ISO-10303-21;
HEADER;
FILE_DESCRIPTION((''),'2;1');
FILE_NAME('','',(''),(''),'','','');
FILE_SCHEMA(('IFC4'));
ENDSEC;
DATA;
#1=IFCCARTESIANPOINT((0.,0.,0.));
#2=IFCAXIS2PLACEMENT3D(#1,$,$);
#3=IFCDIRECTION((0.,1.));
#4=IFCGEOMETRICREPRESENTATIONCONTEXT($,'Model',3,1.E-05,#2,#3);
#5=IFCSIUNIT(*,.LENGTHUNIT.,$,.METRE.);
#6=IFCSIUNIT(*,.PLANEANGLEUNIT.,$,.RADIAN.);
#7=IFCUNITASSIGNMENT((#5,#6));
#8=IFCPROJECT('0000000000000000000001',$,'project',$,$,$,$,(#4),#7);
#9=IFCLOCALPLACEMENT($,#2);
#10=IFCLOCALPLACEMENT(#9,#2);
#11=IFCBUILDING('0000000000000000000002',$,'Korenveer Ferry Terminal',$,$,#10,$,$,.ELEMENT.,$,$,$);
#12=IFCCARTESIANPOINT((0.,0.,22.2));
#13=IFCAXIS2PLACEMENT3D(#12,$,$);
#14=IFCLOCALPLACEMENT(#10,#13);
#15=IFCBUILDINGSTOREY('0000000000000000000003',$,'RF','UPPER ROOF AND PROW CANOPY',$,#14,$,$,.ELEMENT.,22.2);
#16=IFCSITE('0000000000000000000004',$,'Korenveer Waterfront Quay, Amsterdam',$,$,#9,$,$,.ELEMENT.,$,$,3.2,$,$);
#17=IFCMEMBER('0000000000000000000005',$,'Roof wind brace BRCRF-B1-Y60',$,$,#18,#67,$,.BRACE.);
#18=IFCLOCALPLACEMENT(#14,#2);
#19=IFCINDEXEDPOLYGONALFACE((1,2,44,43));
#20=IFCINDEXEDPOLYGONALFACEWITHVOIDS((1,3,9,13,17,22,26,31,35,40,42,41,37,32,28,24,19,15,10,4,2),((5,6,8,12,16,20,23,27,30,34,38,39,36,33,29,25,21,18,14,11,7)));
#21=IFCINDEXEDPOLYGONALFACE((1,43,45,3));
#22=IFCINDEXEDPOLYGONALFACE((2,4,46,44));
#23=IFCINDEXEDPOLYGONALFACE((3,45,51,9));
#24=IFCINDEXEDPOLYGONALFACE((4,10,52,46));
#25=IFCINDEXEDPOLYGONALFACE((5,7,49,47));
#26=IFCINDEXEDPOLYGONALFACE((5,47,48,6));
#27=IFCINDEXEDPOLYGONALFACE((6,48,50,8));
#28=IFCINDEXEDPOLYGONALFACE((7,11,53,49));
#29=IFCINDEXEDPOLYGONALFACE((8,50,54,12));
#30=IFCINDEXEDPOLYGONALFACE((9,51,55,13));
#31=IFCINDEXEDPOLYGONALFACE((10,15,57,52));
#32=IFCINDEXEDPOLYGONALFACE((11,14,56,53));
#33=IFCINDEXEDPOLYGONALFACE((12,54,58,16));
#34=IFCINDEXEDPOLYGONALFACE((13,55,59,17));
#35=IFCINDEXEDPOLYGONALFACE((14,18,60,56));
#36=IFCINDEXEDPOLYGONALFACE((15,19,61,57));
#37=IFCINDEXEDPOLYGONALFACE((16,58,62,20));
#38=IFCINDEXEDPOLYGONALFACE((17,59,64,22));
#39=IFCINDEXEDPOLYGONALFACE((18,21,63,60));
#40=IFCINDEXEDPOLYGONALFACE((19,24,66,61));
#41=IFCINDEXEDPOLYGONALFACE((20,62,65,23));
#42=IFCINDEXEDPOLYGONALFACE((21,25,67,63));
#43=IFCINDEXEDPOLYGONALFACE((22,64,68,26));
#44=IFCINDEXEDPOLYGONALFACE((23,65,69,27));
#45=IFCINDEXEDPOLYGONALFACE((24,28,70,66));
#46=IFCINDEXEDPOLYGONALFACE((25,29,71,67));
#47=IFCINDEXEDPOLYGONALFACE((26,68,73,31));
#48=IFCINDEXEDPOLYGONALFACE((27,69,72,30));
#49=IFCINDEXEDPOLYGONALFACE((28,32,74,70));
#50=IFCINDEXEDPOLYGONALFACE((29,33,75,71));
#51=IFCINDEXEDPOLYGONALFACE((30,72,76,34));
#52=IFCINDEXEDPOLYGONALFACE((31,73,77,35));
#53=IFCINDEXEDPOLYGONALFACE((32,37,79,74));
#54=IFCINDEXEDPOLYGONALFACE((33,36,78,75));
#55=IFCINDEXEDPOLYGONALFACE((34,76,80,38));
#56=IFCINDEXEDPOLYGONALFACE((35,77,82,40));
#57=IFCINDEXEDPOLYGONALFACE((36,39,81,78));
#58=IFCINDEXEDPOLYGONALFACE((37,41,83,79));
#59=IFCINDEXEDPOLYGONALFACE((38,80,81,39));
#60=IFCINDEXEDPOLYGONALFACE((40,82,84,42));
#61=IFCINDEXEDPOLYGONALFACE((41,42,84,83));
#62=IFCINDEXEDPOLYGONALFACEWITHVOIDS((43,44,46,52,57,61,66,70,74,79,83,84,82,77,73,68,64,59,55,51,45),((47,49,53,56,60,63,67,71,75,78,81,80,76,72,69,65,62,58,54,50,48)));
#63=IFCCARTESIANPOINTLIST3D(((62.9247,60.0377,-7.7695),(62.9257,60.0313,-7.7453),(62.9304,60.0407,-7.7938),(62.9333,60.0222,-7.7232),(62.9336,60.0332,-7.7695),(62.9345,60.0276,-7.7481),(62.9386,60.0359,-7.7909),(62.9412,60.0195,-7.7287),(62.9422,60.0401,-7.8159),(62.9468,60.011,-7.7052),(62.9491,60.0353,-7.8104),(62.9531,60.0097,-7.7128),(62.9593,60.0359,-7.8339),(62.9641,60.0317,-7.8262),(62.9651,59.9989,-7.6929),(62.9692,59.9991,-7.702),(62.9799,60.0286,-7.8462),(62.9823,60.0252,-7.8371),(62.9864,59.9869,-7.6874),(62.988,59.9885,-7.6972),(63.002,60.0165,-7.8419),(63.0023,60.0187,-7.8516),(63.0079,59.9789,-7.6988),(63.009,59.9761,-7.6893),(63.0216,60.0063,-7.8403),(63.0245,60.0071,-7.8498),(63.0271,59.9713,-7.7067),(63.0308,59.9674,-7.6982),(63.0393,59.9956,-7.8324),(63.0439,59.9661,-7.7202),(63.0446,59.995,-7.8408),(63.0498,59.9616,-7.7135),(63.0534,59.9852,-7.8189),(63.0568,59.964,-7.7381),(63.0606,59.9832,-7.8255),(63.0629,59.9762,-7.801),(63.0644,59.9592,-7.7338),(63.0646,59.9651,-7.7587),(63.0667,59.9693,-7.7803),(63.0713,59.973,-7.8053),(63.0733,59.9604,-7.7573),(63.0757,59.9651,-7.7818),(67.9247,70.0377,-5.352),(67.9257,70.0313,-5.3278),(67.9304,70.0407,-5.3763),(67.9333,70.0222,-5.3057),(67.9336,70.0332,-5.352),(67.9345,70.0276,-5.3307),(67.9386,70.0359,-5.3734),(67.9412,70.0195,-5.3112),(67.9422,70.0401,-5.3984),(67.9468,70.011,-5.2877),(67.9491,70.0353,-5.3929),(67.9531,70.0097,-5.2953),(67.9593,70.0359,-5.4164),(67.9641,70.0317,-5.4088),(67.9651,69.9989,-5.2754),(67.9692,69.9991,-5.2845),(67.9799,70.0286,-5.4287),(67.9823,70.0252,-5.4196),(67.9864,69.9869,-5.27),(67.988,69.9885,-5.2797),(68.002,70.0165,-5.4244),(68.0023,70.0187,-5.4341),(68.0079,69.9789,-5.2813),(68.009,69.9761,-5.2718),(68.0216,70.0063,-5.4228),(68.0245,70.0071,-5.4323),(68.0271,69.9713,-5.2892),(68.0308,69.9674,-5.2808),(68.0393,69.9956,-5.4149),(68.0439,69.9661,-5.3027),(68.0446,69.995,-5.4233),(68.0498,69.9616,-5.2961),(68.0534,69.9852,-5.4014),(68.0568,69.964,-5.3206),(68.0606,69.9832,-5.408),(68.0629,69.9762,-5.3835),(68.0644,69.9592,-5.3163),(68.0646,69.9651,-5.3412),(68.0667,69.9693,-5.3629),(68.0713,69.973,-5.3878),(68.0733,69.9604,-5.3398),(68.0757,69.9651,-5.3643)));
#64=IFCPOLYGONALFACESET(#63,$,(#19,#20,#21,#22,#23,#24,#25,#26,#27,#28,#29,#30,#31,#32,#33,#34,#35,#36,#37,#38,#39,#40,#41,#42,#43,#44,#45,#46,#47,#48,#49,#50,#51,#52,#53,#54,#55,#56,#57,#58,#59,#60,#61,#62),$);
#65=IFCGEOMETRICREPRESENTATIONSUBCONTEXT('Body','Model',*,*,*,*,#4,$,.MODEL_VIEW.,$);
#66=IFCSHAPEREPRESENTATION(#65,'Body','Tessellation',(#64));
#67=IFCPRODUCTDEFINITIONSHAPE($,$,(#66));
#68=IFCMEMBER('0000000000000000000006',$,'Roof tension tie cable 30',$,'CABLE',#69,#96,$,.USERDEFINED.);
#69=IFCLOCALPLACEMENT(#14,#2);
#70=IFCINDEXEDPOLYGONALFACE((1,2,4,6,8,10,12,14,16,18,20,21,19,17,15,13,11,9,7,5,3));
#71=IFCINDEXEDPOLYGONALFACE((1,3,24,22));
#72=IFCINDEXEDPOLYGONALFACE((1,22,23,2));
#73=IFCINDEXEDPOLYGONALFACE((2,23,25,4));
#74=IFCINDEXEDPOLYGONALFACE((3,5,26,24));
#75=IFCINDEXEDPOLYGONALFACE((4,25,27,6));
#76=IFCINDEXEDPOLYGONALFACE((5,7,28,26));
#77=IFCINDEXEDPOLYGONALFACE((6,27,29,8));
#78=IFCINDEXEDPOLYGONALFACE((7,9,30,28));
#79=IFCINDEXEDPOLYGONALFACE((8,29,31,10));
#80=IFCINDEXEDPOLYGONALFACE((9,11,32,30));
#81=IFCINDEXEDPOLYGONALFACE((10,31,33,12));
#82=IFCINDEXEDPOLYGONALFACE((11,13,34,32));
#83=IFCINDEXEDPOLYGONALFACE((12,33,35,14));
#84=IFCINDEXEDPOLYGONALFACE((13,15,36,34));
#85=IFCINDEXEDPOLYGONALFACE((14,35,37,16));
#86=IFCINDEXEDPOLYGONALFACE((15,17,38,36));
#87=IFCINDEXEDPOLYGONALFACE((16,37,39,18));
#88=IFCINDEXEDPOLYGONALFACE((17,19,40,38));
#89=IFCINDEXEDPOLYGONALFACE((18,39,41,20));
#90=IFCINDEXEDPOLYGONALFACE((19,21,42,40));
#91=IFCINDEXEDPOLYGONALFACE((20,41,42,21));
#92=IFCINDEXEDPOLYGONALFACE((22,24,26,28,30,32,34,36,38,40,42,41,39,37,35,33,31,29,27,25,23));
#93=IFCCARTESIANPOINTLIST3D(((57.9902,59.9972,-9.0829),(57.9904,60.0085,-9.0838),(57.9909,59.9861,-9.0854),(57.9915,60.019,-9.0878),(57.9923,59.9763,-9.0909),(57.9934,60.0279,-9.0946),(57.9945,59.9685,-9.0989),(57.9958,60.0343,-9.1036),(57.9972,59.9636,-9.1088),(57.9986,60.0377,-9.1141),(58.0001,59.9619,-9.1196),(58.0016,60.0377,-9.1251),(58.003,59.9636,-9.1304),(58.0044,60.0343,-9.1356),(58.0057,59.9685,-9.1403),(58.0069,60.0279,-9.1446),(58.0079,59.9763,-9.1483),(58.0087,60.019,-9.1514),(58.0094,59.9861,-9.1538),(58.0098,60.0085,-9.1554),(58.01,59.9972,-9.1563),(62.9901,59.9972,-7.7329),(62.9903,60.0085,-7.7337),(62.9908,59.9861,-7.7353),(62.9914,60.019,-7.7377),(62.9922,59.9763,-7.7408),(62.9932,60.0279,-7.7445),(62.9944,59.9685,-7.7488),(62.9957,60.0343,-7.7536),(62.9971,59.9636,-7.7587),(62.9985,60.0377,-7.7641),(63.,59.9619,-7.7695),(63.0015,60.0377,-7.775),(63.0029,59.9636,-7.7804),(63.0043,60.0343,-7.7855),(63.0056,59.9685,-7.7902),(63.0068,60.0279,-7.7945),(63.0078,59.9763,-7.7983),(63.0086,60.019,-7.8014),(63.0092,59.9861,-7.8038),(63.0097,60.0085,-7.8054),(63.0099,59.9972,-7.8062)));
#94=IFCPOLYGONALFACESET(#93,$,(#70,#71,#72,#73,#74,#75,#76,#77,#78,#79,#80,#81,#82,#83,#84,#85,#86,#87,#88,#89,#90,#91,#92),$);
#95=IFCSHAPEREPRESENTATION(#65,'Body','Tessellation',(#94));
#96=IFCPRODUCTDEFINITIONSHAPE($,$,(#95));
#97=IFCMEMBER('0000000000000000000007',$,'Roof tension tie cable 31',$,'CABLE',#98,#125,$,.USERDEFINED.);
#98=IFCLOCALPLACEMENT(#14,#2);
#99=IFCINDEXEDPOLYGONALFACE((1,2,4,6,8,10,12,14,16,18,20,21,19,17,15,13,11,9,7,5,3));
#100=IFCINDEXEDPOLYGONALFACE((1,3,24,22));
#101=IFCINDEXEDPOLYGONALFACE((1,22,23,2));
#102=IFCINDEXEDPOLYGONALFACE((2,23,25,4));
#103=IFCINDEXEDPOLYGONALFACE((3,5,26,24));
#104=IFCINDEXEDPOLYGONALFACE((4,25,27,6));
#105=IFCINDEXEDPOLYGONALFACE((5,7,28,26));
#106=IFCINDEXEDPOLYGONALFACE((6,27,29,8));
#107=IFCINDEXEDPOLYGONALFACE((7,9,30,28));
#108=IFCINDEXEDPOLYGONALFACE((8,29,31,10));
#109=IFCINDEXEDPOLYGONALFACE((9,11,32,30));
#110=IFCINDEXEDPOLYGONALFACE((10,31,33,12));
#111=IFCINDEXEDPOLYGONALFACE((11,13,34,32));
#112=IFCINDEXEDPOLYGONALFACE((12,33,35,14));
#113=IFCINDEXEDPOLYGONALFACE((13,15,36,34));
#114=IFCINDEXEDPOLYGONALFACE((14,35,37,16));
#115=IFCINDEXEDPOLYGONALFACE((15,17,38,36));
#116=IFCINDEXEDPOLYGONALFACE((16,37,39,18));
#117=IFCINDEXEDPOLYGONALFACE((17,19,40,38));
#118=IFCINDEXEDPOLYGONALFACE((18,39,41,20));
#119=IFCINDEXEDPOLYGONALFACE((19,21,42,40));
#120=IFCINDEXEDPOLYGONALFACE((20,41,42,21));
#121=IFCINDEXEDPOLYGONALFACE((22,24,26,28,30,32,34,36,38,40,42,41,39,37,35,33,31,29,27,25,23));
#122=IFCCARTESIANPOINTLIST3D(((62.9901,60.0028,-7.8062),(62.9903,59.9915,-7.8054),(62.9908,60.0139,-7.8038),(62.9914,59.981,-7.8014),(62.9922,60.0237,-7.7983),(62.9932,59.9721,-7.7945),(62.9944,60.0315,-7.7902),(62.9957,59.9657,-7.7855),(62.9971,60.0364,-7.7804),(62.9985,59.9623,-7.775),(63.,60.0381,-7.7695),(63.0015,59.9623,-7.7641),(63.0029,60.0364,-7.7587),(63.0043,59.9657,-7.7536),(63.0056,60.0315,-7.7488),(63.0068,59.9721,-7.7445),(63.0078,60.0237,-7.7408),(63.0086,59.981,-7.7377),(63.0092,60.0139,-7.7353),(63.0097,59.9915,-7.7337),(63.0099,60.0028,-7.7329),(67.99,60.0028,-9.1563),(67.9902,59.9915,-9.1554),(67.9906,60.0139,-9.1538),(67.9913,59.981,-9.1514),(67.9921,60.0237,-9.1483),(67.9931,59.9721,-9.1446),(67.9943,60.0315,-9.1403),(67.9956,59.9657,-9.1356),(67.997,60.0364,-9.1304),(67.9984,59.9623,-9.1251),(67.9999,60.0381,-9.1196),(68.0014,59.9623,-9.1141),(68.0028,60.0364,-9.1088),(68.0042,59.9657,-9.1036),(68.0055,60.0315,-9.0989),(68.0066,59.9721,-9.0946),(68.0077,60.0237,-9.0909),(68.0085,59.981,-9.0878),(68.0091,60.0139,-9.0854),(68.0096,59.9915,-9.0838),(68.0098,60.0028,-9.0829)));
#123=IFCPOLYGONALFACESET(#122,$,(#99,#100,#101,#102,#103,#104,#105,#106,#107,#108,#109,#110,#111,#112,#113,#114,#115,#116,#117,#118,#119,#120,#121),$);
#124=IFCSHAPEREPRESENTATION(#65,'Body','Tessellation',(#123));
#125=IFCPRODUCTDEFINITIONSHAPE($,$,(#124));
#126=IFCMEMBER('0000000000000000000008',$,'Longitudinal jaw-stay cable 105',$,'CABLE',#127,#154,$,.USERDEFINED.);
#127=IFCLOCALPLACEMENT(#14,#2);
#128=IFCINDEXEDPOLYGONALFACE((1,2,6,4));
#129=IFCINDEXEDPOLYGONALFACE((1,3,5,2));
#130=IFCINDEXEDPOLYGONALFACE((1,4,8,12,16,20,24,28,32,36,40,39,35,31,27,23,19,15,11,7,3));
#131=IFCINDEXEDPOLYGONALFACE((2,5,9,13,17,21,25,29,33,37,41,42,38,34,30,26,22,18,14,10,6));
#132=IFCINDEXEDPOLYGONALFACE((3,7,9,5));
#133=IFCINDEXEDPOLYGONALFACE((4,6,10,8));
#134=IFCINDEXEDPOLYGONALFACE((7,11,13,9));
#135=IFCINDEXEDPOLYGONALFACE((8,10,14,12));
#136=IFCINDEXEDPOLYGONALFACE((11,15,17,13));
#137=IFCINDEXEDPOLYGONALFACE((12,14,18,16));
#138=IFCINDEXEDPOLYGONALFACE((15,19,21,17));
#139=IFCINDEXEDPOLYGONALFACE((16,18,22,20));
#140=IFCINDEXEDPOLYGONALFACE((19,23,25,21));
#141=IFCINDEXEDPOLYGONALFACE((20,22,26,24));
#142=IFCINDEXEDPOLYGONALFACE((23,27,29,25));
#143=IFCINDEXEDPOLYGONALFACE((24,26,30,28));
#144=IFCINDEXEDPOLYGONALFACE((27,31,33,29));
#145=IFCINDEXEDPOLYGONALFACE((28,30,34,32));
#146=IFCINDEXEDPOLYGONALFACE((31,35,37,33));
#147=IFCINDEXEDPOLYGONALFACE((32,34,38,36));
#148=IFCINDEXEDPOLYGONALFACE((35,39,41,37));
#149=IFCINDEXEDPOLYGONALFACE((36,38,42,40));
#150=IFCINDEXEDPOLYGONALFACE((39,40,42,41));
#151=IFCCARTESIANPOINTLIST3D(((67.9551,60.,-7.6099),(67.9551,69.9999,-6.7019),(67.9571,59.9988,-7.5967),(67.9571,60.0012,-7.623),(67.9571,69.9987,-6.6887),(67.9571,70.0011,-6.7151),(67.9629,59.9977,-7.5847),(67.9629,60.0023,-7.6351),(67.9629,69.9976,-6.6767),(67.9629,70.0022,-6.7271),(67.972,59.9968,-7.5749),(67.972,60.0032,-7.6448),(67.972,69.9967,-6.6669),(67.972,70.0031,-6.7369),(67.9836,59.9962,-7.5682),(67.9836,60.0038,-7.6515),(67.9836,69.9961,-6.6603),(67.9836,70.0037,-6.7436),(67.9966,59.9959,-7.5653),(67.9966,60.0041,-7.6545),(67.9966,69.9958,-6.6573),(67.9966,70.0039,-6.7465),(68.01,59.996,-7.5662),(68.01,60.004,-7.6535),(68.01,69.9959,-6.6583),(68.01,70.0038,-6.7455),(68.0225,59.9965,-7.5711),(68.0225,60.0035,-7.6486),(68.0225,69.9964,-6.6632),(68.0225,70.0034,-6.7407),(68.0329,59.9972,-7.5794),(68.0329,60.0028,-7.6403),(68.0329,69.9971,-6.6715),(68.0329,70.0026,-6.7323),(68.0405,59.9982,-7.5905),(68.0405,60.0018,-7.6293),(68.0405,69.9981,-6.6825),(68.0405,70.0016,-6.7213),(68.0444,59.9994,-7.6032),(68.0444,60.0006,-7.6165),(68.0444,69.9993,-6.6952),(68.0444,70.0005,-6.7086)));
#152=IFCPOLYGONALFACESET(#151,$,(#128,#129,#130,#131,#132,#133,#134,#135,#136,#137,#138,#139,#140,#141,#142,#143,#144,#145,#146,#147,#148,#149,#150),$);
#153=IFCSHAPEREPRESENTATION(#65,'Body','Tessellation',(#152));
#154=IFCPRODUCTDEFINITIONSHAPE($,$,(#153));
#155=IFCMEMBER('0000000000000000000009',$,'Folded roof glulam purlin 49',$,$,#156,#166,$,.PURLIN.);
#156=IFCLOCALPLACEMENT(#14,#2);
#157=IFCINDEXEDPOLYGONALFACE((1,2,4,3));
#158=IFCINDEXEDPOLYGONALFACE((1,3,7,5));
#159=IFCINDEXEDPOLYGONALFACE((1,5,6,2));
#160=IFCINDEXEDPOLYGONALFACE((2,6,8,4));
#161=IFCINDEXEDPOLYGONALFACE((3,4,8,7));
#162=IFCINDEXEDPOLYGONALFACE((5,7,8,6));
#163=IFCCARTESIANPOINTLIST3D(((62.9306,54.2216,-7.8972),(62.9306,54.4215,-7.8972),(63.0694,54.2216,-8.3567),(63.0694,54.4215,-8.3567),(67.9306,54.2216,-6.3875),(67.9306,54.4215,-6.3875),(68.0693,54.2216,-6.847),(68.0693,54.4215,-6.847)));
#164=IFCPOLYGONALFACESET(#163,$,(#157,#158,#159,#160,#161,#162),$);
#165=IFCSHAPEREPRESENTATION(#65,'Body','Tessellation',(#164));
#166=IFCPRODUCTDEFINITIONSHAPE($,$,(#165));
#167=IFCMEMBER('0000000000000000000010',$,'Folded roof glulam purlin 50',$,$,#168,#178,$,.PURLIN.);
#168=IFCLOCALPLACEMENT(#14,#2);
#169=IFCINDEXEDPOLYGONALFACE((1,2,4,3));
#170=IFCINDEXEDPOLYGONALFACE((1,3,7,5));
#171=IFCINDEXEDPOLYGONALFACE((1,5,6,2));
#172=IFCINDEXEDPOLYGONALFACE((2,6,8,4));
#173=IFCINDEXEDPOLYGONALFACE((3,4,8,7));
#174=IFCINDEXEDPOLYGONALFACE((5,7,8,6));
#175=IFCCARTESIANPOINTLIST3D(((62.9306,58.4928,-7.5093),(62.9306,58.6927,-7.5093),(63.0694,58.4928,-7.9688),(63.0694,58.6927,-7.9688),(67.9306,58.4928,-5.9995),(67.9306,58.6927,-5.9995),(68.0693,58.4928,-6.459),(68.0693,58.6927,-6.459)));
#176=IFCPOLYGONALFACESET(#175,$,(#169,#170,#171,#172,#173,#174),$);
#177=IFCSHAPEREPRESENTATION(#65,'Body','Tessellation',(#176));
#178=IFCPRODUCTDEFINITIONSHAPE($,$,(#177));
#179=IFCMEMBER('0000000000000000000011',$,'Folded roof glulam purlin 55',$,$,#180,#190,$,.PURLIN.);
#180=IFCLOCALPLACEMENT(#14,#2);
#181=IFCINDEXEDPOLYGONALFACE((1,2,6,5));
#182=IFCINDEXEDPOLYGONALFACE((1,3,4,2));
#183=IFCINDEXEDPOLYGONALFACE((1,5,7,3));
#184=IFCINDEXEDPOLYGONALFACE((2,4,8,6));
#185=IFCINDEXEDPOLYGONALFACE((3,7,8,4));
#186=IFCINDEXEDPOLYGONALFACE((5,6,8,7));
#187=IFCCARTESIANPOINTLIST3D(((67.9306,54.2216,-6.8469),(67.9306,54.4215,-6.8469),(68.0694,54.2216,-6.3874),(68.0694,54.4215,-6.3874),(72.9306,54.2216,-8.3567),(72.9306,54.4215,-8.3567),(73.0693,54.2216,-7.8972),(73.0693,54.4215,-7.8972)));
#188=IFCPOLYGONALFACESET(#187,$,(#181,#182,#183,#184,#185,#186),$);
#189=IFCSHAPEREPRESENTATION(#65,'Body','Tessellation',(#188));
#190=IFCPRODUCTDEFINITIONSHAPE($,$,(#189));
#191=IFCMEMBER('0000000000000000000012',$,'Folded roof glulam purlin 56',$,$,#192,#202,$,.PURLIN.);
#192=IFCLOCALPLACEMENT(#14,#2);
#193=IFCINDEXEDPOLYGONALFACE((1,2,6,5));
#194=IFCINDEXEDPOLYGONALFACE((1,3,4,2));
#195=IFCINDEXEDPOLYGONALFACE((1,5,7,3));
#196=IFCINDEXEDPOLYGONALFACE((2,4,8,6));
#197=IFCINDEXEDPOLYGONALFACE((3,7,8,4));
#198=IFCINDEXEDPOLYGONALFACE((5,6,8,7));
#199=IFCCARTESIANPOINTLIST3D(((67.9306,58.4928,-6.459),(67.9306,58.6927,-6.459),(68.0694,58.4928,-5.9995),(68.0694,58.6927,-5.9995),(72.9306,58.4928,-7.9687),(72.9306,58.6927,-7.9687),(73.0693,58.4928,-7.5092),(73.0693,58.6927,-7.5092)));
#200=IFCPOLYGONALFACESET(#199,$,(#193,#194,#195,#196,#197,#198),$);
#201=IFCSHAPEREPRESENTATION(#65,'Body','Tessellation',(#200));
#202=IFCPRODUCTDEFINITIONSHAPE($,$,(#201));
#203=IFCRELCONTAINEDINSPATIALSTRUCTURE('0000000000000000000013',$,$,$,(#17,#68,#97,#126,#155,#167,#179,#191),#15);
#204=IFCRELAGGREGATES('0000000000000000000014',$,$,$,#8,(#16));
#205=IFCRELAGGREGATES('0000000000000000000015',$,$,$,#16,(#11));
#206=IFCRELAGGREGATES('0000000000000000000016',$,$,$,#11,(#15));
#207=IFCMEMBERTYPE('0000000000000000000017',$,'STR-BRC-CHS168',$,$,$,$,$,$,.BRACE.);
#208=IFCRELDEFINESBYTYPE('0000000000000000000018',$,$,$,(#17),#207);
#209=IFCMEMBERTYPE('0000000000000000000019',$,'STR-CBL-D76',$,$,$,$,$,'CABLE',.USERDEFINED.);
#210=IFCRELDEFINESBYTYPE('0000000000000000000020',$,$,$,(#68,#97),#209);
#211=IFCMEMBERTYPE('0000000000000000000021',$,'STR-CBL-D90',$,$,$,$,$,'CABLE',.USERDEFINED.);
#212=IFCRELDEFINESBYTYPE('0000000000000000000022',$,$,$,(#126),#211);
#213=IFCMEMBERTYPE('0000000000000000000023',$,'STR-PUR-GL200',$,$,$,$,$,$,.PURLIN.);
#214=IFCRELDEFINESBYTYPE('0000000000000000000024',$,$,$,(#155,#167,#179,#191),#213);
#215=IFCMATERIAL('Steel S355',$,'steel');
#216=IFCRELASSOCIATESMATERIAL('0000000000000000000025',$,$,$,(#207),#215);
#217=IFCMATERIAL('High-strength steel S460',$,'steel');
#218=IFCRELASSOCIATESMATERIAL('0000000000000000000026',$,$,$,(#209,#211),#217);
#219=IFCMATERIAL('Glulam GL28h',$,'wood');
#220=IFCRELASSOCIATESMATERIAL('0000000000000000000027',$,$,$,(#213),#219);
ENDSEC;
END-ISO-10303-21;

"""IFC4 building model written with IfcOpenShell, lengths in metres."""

from ifc_helpers import new_model, si_unit, direction, frame, origin, origin_2d, place, context, subcontext, project, spatial, rectangle, circle, hollow_circle, extrude, material, material_profile, profile_set, type_object, element, save


model = new_model("IFC4")

# Units and contexts
model_context = context("Model", 3, precision=1e-05, world=origin(), true_north=direction((0.0, 1.0)))
body_context = subcontext(model_context, "Body", "Model", "MODEL_VIEW")
ifc_project = project(units=[si_unit("LENGTHUNIT", "METRE"), si_unit("PLANEANGLEUNIT", "RADIAN")], contexts=[model_context])

# Site, building, storey
site_placement = place(None, origin())
site = spatial("IfcSite", under=ifc_project, at=site_placement, Name="Korenveer Waterfront Quay, Amsterdam", CompositionType="ELEMENT", RefElevation=3.2)
building_placement = place(site_placement, origin())
building = spatial("IfcBuilding", under=site, at=building_placement, Name="Korenveer Ferry Terminal", CompositionType="ELEMENT")
storey_placement = place(building_placement, frame((0.0, 0.0, 22.2)))
storey = spatial("IfcBuildingStorey", under=building, at=storey_placement, Name="RF", Description="UPPER ROOF AND PROW CANOPY", CompositionType="ELEMENT", Elevation=22.2)

# Members
ifc_material_1 = material(Name="Steel S355", Category="steel")
ifc_material_profile_1 = material_profile(ifc_material_1, hollow_circle(Radius=0.0842, WallThickness=0.01, at=origin_2d()), Name="CHS 168.3x10")
ifc_profile_set_1 = profile_set([ifc_material_profile_1], Name="Steel S355")
member_type_1 = type_object("IfcMemberType", Name="STR-BRC-CHS168", PredefinedType="BRACE", material=ifc_profile_set_1)
member_1_placement = place(storey_placement, frame((63.0, 60.0, -7.7695), z_axis=(0.437112, 0.874224, 0.211342), x_axis=(-0.894427, 0.447214, 0.0)))
element("IfcMember", 1, at=member_1_placement, inside=storey, type_object=member_type_1, Name="Roof wind brace BRCRF-B1-Y60", PredefinedType="BRACE", context=body_context, shape_type="SweptSolid", body=[
    extrude(hollow_circle(Radius=0.0842, WallThickness=0.01, at=origin_2d()), origin(), (0.0, 0.0, 1.0), 11.4387),
])
ifc_material_2 = material(Name="High-strength steel S460", Category="steel")
ifc_material_profile_2 = material_profile(ifc_material_2, circle(Radius=0.0381, at=origin_2d()), Name="ROD D76")
ifc_profile_set_2 = profile_set([ifc_material_profile_2], Name="High-strength steel S460")
member_type_2 = type_object("IfcMemberType", Name="STR-CBL-D76", ElementType="CABLE", PredefinedType="USERDEFINED", material=ifc_profile_set_2)
for number, where, z_axis, x_axis, name in (
    (2, (63.0, 60.0, -7.7695), (-0.965424, 0.0, -0.260683), (0.0, -1.0, 0.0), "Roof tension tie cable 30"),
    (3, (63.0, 60.0, -7.7695), (0.965424, 0.0, -0.260683), (0.0, 1.0, 0.0), "Roof tension tie cable 31"),
):
    element("IfcMember", number, at=place(storey_placement, frame(where, z_axis=z_axis, x_axis=x_axis)), inside=storey, type_object=member_type_2, Name=name, ObjectType="CABLE", PredefinedType="USERDEFINED", context=body_context, shape_type="SweptSolid", body=[
        extrude(circle(Radius=0.0381, at=origin_2d()), origin(), (0.0, 0.0, 1.0), 5.179),
    ])
ifc_material_profile_3 = material_profile(ifc_material_2, circle(Radius=0.0449, at=origin_2d()), Name="ROD D90")
ifc_profile_set_3 = profile_set([ifc_material_profile_3], Name="High-strength steel S460")
member_type_3 = type_object("IfcMemberType", Name="STR-CBL-D90", ElementType="CABLE", PredefinedType="USERDEFINED", material=ifc_profile_set_3)
member_2_placement = place(storey_placement, frame((68.0, 60.0, -7.6099), z_axis=(0.0, 0.995903, 0.090424), x_axis=(-1.0, 0.0, 0.0)))
element("IfcMember", 4, at=member_2_placement, inside=storey, type_object=member_type_3, Name="Longitudinal jaw-stay cable 105", ObjectType="CABLE", PredefinedType="USERDEFINED", context=body_context, shape_type="SweptSolid", body=[
    extrude(circle(Radius=0.0449, at=origin_2d()), origin(), (0.0, 0.0, 1.0), 10.041),
])
ifc_material_3 = material(Name="Glulam GL28h", Category="wood")
ifc_material_profile_4 = material_profile(ifc_material_3, rectangle(XDim=0.2, YDim=0.48, at=origin_2d()), Name="GL 200x480")
ifc_profile_set_4 = profile_set([ifc_material_profile_4], Name="Glulam GL28h")
member_type_4 = type_object("IfcMemberType", Name="STR-PUR-GL200", PredefinedType="PURLIN", material=ifc_profile_set_4)
for number, where, z_axis, x_axis, name in (
    (5, (63.0, 54.3215, -8.127), (0.95731, 0.0, 0.289063), (0.0, 1.0, 0.0), "Folded roof glulam purlin 49"),
    (6, (63.0, 58.5928, -7.739), (0.95731, 0.0, 0.289063), (0.0, 1.0, 0.0), "Folded roof glulam purlin 50"),
    (7, (68.0, 54.3215, -6.6172), (0.95731, 0.0, -0.289063), (0.0, 1.0, 0.0), "Folded roof glulam purlin 55"),
    (8, (68.0, 58.5928, -6.2292), (0.95731, 0.0, -0.289063), (0.0, 1.0, 0.0), "Folded roof glulam purlin 56"),
):
    element("IfcMember", number, at=place(storey_placement, frame(where, z_axis=z_axis, x_axis=x_axis)), inside=storey, type_object=member_type_4, Name=name, PredefinedType="PURLIN", context=body_context, shape_type="SweptSolid", body=[
        extrude(rectangle(XDim=0.2, YDim=0.48, at=origin_2d()), origin(), (0.0, 0.0, 1.0), 5.2229),
    ])

save(model, "model.ifc")
